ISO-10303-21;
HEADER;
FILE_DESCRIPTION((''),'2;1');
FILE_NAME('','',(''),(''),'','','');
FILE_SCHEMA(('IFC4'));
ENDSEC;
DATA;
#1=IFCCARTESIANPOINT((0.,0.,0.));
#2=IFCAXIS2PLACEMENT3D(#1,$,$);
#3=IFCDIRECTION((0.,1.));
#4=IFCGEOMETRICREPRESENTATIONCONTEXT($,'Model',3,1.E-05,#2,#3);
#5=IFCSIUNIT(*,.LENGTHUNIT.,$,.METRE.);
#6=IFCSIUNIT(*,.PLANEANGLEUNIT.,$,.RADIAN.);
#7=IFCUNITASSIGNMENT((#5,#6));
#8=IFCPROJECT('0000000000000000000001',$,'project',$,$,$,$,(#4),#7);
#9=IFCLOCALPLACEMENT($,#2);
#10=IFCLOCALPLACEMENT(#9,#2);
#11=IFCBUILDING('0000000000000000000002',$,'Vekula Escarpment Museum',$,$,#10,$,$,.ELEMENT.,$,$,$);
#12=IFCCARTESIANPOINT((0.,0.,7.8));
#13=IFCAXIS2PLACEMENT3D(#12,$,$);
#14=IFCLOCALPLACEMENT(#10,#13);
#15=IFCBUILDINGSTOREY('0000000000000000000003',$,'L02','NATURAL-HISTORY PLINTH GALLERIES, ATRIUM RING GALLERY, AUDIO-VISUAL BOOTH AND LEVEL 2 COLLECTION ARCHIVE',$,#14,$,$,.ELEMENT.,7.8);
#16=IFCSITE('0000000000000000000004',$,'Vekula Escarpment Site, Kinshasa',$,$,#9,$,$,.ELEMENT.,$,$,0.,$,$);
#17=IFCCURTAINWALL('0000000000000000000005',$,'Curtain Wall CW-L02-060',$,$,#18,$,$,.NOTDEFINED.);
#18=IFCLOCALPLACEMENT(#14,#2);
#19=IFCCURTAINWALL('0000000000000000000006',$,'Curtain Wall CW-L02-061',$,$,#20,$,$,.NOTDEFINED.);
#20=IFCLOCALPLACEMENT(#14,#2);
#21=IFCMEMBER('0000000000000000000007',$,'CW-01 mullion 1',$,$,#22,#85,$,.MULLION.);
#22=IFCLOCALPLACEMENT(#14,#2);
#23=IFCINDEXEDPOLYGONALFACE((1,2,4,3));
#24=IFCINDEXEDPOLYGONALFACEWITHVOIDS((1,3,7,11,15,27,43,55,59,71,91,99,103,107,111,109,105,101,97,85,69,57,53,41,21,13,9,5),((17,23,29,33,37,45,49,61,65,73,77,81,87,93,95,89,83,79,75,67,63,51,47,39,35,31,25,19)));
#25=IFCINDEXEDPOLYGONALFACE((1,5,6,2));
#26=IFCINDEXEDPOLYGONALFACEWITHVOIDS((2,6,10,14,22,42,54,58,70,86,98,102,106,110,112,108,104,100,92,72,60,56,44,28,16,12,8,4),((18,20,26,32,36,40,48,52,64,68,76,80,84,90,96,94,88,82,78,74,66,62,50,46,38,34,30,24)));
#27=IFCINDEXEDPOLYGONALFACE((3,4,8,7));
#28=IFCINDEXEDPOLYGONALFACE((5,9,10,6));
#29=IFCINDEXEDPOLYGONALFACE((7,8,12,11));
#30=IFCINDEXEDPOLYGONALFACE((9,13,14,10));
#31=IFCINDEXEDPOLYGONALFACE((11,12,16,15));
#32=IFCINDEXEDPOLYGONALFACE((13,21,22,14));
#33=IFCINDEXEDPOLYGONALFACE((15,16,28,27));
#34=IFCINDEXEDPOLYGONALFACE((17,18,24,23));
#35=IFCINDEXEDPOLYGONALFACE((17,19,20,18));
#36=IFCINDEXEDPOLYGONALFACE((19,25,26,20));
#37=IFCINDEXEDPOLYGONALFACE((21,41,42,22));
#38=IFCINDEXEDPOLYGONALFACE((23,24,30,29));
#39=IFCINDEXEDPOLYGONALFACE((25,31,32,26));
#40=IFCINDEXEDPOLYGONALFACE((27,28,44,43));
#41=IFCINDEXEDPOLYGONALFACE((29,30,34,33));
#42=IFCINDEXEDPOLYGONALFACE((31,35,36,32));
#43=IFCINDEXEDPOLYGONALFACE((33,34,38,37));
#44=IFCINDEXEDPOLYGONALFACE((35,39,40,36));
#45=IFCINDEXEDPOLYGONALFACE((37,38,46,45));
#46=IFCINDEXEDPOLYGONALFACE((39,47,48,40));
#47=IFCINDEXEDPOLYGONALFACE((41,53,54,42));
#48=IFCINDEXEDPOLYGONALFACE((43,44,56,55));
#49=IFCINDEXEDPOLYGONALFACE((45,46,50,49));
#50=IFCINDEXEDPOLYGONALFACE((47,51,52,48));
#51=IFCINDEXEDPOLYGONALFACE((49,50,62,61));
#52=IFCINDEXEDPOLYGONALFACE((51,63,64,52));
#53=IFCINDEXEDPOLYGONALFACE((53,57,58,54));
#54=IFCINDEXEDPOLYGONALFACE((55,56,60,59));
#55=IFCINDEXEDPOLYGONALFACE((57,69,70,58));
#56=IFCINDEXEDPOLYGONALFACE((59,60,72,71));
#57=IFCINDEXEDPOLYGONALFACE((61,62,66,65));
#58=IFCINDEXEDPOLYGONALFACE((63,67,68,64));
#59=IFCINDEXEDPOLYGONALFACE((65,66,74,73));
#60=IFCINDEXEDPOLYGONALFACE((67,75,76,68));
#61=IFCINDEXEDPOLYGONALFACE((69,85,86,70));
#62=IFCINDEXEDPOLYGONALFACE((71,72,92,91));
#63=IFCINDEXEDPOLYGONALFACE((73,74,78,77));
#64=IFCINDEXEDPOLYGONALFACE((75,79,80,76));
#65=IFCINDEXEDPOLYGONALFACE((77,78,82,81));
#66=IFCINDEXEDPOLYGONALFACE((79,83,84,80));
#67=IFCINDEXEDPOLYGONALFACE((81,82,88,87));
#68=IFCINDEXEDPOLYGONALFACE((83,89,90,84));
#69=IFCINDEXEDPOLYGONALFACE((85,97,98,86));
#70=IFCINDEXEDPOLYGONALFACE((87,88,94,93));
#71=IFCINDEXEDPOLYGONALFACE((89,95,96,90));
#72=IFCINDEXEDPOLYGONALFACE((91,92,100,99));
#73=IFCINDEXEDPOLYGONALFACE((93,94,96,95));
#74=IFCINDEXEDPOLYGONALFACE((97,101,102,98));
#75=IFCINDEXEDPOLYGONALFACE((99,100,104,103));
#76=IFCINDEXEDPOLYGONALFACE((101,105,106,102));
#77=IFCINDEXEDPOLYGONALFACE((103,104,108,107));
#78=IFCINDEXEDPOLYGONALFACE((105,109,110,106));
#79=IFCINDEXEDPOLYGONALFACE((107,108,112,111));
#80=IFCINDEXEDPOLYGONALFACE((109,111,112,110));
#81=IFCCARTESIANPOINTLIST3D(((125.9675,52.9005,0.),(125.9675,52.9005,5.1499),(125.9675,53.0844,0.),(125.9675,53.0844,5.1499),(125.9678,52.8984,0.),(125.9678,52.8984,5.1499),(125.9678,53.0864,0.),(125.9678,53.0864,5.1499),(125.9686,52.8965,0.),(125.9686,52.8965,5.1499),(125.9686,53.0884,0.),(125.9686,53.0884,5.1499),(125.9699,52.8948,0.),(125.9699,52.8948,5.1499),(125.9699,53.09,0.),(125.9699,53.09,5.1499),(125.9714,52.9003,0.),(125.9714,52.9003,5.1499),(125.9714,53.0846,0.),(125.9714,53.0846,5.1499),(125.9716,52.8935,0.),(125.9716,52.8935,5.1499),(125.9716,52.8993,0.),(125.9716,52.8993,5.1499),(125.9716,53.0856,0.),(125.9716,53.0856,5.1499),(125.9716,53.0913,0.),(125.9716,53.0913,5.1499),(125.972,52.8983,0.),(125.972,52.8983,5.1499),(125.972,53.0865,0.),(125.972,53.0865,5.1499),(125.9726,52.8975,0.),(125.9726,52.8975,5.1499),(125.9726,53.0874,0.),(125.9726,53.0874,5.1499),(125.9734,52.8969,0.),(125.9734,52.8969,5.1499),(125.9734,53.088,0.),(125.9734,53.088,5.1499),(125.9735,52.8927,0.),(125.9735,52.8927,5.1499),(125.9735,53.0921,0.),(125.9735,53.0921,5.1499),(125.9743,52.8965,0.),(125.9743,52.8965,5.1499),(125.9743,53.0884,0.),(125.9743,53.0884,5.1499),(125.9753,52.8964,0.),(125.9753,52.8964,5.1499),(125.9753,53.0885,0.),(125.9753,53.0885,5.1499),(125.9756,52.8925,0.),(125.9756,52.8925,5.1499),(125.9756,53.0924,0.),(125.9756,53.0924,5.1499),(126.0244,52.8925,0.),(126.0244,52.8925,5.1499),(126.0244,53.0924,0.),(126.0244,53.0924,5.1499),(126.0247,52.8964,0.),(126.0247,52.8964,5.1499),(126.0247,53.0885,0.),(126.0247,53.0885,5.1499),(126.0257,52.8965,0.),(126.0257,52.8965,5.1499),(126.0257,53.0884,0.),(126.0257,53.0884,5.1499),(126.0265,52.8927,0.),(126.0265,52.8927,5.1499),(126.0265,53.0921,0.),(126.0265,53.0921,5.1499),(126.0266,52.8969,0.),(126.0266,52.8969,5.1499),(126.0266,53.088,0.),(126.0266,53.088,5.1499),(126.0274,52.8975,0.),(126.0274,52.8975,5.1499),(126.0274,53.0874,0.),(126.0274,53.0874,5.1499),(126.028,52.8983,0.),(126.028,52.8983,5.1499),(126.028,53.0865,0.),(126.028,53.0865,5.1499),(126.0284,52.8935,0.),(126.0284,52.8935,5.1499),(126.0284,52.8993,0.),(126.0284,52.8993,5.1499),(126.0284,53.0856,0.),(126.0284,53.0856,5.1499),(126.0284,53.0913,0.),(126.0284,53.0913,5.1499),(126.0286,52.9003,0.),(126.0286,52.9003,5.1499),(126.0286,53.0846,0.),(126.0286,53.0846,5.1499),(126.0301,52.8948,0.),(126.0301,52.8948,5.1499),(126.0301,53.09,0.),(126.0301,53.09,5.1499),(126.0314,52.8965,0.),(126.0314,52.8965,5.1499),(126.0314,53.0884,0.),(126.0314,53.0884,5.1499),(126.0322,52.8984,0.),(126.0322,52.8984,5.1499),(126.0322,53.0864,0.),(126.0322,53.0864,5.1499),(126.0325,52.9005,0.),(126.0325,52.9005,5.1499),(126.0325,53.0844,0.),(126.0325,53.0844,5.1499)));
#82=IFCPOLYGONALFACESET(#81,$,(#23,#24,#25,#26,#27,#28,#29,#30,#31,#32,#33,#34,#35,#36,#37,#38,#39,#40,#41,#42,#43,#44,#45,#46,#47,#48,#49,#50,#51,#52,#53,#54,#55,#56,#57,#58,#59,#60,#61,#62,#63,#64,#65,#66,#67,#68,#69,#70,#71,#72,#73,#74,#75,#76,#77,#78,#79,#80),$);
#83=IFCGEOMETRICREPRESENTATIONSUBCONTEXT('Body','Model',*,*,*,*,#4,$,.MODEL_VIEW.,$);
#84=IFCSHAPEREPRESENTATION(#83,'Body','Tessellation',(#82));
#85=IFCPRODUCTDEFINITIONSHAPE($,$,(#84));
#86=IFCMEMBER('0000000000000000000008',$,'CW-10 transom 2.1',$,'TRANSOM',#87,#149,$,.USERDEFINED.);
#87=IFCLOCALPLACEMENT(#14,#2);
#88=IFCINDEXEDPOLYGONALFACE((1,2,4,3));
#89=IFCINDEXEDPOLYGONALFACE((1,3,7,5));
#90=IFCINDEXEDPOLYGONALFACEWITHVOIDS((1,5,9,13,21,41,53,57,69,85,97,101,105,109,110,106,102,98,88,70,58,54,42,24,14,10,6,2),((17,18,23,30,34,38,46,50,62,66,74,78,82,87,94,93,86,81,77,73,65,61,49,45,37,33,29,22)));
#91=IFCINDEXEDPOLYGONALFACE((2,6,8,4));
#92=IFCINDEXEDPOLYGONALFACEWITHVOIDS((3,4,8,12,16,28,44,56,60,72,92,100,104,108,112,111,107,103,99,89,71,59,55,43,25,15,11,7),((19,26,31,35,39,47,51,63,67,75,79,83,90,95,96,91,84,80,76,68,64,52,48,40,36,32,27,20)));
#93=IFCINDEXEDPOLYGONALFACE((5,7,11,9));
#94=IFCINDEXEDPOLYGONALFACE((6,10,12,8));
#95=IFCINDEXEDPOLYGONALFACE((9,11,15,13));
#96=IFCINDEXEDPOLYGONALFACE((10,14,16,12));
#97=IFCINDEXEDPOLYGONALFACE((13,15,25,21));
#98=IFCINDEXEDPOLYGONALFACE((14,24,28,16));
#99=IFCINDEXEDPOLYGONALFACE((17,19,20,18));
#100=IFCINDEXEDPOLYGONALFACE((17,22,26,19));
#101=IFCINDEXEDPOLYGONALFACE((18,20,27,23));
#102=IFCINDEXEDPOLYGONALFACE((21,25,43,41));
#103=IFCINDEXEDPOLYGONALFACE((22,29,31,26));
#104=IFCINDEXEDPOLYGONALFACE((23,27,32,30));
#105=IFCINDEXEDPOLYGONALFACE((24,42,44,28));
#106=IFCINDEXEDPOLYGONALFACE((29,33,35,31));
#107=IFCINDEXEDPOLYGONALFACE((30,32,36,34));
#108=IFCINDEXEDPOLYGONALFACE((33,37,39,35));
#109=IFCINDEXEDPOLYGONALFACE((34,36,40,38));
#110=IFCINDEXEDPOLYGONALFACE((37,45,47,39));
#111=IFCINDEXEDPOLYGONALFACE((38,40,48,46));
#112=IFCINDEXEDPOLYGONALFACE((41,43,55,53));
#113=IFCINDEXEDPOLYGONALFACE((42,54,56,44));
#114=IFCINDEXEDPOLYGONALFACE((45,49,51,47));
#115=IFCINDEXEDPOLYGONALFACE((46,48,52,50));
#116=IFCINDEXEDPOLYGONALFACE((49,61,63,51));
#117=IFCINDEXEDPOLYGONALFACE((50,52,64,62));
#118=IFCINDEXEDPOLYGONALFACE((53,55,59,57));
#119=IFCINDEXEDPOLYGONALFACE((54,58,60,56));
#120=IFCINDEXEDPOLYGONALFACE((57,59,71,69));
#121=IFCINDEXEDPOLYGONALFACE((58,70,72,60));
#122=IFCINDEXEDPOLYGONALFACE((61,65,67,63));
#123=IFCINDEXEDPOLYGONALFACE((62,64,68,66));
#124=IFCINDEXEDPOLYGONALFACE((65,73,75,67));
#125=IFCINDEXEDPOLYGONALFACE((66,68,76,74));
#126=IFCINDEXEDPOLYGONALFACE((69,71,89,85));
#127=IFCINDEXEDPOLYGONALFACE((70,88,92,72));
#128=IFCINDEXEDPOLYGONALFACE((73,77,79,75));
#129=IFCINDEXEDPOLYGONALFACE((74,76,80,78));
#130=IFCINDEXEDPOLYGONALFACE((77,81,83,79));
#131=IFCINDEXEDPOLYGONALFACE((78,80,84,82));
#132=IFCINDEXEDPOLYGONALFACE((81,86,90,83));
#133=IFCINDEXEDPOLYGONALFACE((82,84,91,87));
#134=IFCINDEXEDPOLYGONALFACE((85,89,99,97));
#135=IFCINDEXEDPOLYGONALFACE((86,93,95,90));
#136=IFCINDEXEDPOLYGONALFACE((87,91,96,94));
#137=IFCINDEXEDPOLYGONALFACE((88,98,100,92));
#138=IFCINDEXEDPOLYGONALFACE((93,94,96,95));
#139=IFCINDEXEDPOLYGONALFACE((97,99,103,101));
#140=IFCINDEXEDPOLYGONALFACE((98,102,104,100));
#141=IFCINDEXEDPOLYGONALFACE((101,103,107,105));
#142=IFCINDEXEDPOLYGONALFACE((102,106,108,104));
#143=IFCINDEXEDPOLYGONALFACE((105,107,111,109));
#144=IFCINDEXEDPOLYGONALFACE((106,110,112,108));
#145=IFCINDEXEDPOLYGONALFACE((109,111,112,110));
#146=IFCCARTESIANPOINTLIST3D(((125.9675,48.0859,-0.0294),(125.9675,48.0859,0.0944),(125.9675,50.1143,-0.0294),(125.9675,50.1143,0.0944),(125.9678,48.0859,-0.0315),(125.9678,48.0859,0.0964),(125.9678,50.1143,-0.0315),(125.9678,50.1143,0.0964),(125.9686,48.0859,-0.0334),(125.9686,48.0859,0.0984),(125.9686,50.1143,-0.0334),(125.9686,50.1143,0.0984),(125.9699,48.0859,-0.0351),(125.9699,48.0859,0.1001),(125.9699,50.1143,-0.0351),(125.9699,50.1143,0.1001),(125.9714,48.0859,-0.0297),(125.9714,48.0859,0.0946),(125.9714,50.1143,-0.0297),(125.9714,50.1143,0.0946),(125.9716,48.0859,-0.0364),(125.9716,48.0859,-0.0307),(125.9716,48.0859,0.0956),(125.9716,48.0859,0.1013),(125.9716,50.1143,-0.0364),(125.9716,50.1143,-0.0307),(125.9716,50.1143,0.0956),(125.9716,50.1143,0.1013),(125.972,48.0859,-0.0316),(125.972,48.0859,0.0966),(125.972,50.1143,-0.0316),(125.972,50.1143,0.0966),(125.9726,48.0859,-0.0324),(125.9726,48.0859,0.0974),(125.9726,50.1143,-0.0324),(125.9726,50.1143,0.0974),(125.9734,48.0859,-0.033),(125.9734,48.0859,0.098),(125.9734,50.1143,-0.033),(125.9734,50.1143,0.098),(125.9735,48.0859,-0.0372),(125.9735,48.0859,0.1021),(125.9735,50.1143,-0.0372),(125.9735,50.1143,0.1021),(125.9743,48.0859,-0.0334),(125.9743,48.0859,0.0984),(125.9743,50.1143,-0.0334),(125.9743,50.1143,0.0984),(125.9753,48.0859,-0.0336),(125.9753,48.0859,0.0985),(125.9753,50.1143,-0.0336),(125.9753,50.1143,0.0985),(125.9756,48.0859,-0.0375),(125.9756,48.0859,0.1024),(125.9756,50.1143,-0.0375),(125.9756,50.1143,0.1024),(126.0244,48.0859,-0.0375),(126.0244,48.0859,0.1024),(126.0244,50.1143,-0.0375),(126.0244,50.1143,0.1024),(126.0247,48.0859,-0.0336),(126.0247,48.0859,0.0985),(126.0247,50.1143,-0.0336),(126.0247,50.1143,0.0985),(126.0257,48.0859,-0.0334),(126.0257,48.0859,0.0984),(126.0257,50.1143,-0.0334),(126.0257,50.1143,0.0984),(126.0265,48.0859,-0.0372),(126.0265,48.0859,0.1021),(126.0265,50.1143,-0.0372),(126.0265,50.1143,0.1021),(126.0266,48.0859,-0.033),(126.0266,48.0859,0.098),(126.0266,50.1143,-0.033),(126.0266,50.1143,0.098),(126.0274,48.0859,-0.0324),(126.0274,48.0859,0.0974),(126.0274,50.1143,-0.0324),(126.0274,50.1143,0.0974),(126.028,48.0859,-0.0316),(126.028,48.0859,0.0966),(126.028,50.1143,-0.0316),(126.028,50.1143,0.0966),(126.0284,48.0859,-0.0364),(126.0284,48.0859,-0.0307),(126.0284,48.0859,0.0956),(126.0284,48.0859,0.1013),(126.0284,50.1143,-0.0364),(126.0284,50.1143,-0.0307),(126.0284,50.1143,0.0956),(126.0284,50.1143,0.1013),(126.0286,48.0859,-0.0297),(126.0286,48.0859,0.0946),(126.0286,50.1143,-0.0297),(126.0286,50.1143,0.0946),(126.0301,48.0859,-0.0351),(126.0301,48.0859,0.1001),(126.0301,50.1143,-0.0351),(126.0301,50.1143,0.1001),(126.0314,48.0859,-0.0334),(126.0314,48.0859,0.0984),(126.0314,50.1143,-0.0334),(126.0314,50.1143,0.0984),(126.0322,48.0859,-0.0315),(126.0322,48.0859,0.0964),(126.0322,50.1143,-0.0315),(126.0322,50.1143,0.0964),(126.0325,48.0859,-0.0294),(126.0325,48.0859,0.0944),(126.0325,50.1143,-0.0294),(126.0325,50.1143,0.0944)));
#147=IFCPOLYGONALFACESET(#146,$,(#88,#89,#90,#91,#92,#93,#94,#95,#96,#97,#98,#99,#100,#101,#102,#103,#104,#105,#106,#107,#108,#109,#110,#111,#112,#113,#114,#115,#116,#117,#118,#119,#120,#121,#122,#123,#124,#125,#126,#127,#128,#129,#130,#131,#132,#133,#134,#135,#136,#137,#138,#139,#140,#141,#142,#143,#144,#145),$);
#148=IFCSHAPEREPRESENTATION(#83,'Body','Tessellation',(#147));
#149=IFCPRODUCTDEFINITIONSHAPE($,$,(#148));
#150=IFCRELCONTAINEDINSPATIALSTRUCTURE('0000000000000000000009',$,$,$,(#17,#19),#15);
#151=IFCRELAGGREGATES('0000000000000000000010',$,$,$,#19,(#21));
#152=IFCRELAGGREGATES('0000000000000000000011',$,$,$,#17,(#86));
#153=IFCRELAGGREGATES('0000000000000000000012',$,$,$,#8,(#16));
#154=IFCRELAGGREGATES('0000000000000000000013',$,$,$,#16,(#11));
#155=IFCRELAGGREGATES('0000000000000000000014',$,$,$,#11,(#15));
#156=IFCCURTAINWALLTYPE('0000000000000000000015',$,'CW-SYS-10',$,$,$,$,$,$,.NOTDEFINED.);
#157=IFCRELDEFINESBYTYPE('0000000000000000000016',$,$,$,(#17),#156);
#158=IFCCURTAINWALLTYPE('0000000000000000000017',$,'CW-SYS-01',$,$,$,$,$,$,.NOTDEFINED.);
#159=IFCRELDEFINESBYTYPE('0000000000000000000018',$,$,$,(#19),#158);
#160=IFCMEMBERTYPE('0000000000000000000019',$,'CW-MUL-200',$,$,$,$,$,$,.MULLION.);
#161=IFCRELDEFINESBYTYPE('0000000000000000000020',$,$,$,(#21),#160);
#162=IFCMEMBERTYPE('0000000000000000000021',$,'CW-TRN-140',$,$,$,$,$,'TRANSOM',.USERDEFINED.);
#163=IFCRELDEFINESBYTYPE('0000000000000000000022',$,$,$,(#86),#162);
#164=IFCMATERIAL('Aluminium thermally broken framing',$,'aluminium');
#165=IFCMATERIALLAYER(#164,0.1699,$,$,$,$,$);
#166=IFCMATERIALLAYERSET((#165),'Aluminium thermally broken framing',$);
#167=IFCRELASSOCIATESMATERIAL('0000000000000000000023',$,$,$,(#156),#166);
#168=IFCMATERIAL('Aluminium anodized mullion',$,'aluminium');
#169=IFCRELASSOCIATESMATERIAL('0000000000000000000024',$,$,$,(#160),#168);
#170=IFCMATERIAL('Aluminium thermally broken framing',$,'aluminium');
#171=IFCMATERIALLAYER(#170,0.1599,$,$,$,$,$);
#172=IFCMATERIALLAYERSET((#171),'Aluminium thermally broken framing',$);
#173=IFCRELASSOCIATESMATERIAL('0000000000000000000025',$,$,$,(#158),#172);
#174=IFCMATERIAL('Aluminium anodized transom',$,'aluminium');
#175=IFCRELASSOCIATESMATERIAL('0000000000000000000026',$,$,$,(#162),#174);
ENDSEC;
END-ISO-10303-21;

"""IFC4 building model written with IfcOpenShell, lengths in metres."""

from ifc_helpers import new_model, si_unit, direction, frame, origin, origin_2d, place, context, subcontext, project, spatial, hollow_rectangle, extrude, material, layer, layer_set, material_profile, profile_set, type_object, element, aggregate, save


model = new_model("IFC4")

# Units and contexts
model_context = context("Model", 3, precision=1e-05, world=origin(), true_north=direction((0.0, 1.0)))
body_context = subcontext(model_context, "Body", "Model", "MODEL_VIEW")
ifc_project = project(units=[si_unit("LENGTHUNIT", "METRE"), si_unit("PLANEANGLEUNIT", "RADIAN")], contexts=[model_context])

# Site, building, storey
site_placement = place(None, origin())
site = spatial("IfcSite", under=ifc_project, at=site_placement, Name="Vekula Escarpment Site, Kinshasa", CompositionType="ELEMENT", RefElevation=0.0)
building_placement = place(site_placement, origin())
building = spatial("IfcBuilding", under=site, at=building_placement, Name="Vekula Escarpment Museum", CompositionType="ELEMENT")
storey_placement = place(building_placement, frame((0.0, 0.0, 7.8)))
storey = spatial("IfcBuildingStorey", under=building, at=storey_placement, Name="L02", Description="NATURAL-HISTORY PLINTH GALLERIES, ATRIUM RING GALLERY, AUDIO-VISUAL BOOTH AND LEVEL 2 COLLECTION ARCHIVE", CompositionType="ELEMENT", Elevation=7.8)

# Curtain wall
ifc_material_1 = material(Name="Aluminium thermally broken framing", Category="aluminium")
ifc_layer_1 = layer(ifc_material_1, 0.1699)
ifc_layer_set_1 = layer_set([ifc_layer_1], Name="Aluminium thermally broken framing")
curtain_wall_type_1 = type_object("IfcCurtainWallType", Name="CW-SYS-10", PredefinedType="NOTDEFINED", material=ifc_layer_set_1)
curtain_wall_1_placement = place(storey_placement, origin())
curtain_wall_1 = element("IfcCurtainWall", 1, at=curtain_wall_1_placement, inside=storey, type_object=curtain_wall_type_1, Name="Curtain Wall CW-L02-060", PredefinedType="NOTDEFINED")
ifc_material_2 = material(Name="Aluminium anodized mullion", Category="aluminium")
ifc_material_profile_1 = material_profile(ifc_material_2, hollow_rectangle(XDim=0.0649, YDim=0.2, WallThickness=0.0039, InnerFilletRadius=0.0039, OuterFilletRadius=0.0081, at=origin_2d()), Name="ALU 200x65x4")
ifc_profile_set_1 = profile_set([ifc_material_profile_1], Name="Aluminium anodized mullion")
member_type_1 = type_object("IfcMemberType", Name="CW-MUL-200", PredefinedType="MULLION", material=ifc_profile_set_1)

# Curtain wall, member
ifc_material_3 = material(Name="Aluminium thermally broken framing", Category="aluminium")
ifc_layer_2 = layer(ifc_material_3, 0.1599)
ifc_layer_set_2 = layer_set([ifc_layer_2], Name="Aluminium thermally broken framing")
curtain_wall_type_2 = type_object("IfcCurtainWallType", Name="CW-SYS-01", PredefinedType="NOTDEFINED", material=ifc_layer_set_2)
curtain_wall_2_placement = place(storey_placement, origin())
curtain_wall_2 = element("IfcCurtainWall", 2, at=curtain_wall_2_placement, inside=storey, type_object=curtain_wall_type_2, Name="Curtain Wall CW-L02-061", PredefinedType="NOTDEFINED")
member_1_placement = place(storey_placement, frame((126.0, 52.9924, 0.0), z_axis=(0.0, 0.0, 1.0), x_axis=(-1.0, 0.0, 0.0)))
member_1 = element("IfcMember", 3, at=member_1_placement, type_object=member_type_1, Name="CW-01 mullion 1", PredefinedType="MULLION", context=body_context, shape_type="SweptSolid", body=[
    extrude(hollow_rectangle(XDim=0.0649, YDim=0.2, WallThickness=0.0039, InnerFilletRadius=0.0039, OuterFilletRadius=0.0081, at=origin_2d()), origin(), (0.0, 0.0, 1.0), 5.1499),
])

# Member
ifc_material_4 = material(Name="Aluminium anodized transom", Category="aluminium")
ifc_material_profile_2 = material_profile(ifc_material_4, hollow_rectangle(XDim=0.0649, YDim=0.1399, WallThickness=0.0039, InnerFilletRadius=0.0039, OuterFilletRadius=0.0081, at=origin_2d()), Name="ALU 140x65x4")
ifc_profile_set_2 = profile_set([ifc_material_profile_2], Name="Aluminium anodized transom")
member_type_2 = type_object("IfcMemberType", Name="CW-TRN-140", ElementType="TRANSOM", PredefinedType="USERDEFINED", material=ifc_profile_set_2)
member_2_placement = place(storey_placement, frame((126.0, 48.0859, 0.0325), z_axis=(0.0, 1.0, 0.0), x_axis=(-1.0, 0.0, 0.0)))
member_2 = element("IfcMember", 4, at=member_2_placement, type_object=member_type_2, Name="CW-10 transom 2.1", ObjectType="TRANSOM", PredefinedType="USERDEFINED", context=body_context, shape_type="SweptSolid", body=[
    extrude(hollow_rectangle(XDim=0.0649, YDim=0.1399, WallThickness=0.0039, InnerFilletRadius=0.0039, OuterFilletRadius=0.0081, at=origin_2d()), origin(), (0.0, 0.0, 1.0), 2.0283),
])
aggregate(curtain_wall_2, [member_1])

aggregate(curtain_wall_1, [member_2])

save(model, "model.ifc")
